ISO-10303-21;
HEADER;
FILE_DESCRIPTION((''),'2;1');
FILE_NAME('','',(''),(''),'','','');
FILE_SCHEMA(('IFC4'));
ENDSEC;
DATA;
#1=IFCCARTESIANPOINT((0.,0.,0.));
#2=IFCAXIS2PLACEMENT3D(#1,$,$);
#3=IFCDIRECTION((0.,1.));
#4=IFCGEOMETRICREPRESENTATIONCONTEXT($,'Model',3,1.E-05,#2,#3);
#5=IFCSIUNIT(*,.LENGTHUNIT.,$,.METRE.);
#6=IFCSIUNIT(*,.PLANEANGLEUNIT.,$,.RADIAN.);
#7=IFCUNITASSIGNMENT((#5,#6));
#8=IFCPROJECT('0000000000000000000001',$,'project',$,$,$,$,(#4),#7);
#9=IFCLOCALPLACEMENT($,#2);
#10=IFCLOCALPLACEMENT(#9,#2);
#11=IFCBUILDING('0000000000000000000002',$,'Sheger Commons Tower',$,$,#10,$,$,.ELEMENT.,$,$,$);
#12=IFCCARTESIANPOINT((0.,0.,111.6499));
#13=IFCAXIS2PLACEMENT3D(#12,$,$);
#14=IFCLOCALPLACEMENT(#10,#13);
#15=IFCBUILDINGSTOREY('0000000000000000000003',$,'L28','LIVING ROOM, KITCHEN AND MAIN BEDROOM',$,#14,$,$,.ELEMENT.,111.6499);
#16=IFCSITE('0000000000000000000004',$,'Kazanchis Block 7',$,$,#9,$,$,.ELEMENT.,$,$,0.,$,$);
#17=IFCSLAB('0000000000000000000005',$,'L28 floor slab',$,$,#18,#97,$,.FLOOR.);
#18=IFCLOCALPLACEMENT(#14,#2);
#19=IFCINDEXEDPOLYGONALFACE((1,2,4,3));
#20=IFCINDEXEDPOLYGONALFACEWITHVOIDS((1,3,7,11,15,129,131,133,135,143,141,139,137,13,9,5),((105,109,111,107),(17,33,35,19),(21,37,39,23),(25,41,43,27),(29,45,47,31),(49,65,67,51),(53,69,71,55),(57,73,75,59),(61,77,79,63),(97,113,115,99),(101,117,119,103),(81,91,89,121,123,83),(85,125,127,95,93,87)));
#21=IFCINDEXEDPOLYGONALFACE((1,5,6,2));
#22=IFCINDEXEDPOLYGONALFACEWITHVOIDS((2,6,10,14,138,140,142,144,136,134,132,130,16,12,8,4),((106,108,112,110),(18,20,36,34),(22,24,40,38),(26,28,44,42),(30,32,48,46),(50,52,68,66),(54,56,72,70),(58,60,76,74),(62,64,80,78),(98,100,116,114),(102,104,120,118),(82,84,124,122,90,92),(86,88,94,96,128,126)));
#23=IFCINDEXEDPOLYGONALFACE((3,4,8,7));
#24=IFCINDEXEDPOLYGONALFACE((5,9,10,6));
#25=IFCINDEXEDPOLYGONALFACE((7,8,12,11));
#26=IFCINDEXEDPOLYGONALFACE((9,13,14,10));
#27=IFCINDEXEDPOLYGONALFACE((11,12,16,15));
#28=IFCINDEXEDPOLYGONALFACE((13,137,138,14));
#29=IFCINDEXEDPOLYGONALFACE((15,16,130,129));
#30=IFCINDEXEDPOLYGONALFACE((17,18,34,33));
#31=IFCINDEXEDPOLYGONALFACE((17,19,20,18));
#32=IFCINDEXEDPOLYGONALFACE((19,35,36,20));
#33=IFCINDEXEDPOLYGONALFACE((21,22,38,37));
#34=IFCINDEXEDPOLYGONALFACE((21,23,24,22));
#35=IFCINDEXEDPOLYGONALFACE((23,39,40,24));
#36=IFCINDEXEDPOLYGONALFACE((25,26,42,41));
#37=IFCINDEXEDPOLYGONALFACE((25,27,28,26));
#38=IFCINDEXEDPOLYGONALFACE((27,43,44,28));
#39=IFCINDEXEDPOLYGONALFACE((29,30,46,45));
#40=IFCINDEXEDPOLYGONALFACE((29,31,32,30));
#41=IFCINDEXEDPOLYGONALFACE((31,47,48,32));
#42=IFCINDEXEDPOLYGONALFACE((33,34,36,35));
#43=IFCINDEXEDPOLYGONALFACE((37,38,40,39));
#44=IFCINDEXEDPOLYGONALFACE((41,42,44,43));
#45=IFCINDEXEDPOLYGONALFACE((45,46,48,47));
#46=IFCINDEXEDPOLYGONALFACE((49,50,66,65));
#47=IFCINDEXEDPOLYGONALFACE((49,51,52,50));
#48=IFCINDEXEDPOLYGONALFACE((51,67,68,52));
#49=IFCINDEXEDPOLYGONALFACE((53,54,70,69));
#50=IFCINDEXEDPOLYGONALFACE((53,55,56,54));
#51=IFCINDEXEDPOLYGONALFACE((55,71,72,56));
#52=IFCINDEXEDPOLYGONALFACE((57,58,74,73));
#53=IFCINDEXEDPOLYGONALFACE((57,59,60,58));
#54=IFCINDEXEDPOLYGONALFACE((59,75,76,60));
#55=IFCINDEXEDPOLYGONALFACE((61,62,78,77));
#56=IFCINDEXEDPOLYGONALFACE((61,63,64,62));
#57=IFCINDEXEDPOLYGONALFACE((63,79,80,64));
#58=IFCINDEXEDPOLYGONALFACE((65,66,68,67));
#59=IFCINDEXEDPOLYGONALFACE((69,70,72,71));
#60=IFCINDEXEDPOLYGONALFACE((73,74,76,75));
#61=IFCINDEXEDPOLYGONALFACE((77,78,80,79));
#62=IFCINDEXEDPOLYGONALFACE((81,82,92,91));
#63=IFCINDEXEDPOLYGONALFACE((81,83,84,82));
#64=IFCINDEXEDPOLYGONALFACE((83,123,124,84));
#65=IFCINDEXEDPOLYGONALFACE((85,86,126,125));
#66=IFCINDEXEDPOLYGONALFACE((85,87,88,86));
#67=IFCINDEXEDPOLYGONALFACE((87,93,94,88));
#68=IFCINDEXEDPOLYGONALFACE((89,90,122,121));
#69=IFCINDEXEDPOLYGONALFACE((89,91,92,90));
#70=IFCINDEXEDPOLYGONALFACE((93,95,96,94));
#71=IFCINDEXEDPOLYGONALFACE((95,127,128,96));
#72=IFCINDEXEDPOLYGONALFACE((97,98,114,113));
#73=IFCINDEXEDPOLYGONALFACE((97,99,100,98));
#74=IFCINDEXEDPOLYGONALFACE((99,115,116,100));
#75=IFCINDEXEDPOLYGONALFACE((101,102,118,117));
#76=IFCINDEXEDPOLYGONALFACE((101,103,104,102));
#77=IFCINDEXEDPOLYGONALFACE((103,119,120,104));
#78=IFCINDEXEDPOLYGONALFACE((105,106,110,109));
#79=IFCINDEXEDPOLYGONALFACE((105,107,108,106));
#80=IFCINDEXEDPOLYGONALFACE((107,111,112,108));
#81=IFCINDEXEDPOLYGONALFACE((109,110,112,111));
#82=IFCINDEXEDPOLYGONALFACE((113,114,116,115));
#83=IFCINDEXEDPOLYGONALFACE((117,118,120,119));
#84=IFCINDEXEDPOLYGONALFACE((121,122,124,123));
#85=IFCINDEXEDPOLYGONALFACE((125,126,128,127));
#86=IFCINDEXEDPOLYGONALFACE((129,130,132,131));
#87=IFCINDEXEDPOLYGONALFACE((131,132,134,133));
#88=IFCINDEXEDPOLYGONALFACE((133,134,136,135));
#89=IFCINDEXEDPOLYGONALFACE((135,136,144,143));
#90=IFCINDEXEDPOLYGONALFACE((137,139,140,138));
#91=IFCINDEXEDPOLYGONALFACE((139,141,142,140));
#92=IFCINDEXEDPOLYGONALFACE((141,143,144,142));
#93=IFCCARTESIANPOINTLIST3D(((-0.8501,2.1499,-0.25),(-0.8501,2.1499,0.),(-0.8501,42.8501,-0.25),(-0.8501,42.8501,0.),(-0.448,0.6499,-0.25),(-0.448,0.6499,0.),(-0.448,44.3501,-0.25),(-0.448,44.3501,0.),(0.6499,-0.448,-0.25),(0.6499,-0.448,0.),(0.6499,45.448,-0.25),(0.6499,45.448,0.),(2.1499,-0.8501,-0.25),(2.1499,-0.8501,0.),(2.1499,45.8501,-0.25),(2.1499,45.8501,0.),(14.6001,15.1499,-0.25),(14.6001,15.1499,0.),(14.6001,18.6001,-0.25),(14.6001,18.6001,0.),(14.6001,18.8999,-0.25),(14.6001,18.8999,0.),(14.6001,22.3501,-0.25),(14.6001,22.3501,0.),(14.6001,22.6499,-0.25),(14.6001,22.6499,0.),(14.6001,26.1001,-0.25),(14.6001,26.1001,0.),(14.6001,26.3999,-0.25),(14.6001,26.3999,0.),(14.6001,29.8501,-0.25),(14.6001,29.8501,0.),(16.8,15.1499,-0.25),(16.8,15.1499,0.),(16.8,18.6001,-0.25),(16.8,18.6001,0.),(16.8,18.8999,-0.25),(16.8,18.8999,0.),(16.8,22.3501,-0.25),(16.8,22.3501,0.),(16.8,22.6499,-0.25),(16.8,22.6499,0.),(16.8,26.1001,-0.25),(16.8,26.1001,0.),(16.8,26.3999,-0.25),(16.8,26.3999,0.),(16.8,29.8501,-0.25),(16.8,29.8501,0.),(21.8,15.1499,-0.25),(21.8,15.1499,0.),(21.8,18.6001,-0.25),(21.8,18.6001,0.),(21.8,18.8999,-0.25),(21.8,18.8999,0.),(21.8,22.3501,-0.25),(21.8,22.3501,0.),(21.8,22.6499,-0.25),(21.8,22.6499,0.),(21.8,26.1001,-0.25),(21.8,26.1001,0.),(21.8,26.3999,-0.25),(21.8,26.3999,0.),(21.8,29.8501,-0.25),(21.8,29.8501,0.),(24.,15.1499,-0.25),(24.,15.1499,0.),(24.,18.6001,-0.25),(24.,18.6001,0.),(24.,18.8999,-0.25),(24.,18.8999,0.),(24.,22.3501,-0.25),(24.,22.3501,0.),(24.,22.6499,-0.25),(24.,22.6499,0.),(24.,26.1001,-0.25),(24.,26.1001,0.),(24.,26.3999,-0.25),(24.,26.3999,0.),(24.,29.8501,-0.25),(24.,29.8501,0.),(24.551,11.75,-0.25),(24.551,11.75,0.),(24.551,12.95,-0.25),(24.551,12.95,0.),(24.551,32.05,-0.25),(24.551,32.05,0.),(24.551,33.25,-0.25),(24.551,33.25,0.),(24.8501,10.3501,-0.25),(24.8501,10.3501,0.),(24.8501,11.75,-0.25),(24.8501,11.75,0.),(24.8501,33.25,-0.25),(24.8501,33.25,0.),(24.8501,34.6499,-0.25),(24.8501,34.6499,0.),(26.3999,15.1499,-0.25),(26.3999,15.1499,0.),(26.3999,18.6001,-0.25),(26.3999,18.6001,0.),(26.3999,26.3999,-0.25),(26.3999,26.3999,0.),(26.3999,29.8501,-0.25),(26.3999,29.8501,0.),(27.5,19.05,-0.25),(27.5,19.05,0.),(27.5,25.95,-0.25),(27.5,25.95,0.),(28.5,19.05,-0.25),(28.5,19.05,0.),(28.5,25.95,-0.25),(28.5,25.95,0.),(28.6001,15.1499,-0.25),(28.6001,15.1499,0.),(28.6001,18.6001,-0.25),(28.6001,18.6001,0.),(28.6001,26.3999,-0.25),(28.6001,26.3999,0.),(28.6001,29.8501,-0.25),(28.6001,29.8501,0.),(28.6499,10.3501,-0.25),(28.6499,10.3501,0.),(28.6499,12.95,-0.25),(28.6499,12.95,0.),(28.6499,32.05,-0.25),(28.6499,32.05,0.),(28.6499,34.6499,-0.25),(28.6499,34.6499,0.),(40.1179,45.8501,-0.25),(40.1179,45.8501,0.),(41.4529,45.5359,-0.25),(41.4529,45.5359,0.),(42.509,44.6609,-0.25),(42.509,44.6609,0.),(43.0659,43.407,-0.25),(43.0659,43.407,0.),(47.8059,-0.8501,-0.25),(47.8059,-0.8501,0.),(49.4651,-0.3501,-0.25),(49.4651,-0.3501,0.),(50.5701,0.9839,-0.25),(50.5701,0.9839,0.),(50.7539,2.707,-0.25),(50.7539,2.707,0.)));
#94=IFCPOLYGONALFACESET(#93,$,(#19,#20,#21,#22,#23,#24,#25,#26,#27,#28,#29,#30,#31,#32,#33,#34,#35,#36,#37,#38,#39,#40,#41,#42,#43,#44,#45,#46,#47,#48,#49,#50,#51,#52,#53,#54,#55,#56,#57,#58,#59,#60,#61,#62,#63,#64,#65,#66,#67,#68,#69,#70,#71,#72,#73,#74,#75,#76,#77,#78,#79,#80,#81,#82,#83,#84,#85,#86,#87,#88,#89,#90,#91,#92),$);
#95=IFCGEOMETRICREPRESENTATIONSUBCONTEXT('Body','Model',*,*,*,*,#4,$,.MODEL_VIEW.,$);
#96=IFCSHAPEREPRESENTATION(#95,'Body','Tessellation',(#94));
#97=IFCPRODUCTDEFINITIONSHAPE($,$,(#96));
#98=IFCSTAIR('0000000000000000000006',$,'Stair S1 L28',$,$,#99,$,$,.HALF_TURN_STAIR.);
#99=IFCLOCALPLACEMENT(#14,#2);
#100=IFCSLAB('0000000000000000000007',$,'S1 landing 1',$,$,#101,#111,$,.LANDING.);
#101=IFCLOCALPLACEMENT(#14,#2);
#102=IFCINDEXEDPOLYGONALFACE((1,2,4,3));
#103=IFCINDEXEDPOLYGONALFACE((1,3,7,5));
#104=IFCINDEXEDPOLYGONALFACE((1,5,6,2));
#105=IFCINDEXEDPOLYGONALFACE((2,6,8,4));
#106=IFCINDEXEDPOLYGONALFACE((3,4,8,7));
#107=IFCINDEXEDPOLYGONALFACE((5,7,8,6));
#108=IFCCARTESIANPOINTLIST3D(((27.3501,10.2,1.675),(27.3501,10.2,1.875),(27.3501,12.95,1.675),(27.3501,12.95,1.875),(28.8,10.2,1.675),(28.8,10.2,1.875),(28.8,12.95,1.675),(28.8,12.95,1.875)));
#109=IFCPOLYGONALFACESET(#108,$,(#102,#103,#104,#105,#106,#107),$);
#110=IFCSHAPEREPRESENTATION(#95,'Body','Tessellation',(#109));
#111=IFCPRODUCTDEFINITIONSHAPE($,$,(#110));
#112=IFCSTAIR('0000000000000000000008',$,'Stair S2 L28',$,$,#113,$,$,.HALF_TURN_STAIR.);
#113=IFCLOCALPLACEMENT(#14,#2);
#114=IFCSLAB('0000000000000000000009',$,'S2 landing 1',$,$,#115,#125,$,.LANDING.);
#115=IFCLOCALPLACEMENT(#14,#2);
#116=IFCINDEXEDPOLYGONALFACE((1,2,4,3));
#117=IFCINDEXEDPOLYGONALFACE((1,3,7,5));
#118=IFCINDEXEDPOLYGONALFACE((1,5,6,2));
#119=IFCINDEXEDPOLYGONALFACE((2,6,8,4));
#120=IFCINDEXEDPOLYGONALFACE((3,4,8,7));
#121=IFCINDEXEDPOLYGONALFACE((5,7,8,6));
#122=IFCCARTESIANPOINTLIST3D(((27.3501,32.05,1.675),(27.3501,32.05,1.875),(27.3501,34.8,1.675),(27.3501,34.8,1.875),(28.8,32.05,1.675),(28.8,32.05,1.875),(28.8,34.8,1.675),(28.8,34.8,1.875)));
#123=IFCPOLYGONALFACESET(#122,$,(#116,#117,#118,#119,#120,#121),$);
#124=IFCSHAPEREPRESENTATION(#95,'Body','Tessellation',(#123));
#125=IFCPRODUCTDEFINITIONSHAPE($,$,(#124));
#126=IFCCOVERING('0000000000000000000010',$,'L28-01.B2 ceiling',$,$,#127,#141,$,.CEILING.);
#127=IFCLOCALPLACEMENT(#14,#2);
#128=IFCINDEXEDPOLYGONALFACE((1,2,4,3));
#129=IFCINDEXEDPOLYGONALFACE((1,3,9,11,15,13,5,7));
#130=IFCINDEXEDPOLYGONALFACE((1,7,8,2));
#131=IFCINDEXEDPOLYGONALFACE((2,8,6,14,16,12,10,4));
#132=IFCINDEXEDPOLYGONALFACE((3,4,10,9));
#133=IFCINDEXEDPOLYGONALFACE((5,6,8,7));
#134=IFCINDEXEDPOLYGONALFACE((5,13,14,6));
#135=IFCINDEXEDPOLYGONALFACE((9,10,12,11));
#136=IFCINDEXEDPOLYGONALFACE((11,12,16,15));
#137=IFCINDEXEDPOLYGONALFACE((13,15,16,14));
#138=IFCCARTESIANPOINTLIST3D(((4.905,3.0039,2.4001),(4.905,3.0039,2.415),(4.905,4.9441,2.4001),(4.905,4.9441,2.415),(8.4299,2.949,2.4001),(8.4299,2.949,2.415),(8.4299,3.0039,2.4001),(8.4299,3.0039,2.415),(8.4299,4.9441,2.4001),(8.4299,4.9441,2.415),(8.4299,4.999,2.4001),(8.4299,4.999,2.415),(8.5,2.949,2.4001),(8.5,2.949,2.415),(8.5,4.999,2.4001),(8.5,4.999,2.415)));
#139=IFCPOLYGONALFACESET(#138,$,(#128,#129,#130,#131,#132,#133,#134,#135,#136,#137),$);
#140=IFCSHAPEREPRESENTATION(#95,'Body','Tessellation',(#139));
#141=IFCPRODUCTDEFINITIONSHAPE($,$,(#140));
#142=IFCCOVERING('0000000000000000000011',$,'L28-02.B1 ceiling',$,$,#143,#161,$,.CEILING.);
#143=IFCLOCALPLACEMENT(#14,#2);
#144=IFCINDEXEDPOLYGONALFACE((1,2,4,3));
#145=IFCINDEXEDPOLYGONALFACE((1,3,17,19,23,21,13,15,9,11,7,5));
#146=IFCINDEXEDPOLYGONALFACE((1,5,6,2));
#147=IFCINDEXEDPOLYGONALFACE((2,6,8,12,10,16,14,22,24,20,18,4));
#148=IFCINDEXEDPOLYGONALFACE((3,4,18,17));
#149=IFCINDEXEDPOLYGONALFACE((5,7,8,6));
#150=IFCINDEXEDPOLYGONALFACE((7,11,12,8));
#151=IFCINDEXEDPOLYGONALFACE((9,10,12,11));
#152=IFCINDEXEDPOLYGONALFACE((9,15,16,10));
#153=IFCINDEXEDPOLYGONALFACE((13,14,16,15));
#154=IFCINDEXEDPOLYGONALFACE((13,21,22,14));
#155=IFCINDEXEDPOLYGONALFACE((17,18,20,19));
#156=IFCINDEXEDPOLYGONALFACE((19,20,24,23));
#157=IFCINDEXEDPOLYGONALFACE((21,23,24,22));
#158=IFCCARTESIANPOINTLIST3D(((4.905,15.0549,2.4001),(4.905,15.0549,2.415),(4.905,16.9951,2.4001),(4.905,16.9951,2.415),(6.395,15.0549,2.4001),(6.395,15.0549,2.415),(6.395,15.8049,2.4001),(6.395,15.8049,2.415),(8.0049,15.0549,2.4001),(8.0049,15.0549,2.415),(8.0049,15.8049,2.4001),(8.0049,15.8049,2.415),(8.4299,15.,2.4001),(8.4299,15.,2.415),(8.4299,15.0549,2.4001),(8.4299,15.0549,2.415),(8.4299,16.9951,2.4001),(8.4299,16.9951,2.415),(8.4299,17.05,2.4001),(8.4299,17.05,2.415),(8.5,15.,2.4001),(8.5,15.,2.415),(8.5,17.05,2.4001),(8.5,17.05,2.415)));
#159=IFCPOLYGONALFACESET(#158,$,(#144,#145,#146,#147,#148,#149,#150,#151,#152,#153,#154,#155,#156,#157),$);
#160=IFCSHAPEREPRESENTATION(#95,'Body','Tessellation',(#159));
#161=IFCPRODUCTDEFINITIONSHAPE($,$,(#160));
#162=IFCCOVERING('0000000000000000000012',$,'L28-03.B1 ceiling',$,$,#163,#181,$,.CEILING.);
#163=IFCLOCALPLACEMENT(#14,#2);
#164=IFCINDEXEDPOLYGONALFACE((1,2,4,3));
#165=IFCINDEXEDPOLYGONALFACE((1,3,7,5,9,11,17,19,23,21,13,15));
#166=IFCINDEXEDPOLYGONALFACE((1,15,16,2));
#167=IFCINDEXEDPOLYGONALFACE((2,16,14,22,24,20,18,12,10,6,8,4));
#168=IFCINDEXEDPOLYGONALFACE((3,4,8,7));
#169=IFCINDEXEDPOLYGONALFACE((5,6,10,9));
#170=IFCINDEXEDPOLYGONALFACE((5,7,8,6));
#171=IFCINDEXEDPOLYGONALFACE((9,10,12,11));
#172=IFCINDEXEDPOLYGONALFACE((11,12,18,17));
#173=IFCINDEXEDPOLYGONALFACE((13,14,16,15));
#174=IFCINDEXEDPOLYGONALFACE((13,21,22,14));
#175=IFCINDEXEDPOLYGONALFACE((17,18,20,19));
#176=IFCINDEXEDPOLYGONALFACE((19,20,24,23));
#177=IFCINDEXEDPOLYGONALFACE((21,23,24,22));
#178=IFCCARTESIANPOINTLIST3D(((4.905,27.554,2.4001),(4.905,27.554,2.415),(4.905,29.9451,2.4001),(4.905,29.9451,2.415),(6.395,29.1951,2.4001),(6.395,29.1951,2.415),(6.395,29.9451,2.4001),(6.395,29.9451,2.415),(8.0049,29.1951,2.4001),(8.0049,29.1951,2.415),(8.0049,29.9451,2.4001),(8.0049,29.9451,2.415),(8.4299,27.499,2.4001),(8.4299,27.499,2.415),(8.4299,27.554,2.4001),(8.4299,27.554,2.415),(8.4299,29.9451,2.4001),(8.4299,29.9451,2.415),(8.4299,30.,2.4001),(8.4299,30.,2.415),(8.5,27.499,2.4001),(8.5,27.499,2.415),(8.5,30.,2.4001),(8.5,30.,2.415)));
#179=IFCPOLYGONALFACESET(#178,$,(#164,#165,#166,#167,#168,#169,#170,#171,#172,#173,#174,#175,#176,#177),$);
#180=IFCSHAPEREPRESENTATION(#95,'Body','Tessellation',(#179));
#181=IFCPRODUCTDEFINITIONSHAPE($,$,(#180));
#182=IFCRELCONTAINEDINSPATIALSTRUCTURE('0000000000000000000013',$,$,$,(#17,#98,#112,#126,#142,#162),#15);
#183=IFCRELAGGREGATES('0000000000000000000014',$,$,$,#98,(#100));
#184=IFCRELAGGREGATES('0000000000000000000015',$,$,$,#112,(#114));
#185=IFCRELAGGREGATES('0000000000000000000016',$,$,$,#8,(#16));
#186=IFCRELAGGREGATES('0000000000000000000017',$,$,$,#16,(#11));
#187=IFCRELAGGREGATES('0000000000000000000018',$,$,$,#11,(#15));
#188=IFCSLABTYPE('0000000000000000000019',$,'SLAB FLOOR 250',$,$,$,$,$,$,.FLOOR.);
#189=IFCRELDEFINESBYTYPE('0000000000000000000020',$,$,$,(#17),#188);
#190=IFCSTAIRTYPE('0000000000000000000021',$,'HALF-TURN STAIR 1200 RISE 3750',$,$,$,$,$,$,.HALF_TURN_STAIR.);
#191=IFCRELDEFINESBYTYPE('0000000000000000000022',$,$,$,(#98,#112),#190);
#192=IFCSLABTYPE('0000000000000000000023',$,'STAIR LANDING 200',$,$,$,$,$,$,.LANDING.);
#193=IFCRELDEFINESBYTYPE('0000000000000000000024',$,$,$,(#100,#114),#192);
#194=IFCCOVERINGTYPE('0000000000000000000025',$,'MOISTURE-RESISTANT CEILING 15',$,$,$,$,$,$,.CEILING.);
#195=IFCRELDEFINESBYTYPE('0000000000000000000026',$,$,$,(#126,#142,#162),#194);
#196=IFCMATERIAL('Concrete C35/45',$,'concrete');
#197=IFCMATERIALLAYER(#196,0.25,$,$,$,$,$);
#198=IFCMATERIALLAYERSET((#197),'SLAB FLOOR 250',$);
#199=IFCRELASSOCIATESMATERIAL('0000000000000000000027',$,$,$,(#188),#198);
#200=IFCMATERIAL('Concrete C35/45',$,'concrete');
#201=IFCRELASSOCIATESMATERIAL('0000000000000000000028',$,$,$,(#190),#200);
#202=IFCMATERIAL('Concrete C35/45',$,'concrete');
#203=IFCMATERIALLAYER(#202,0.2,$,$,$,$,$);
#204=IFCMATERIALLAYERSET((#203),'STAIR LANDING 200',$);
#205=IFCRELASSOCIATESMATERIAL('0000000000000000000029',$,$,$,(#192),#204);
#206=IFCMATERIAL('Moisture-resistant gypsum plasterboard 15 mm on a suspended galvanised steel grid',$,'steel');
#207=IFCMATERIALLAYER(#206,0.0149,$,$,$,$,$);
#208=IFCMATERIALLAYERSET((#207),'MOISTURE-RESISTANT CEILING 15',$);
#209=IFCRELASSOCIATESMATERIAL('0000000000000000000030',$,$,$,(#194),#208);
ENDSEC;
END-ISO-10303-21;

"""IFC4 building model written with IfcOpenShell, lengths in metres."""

from ifc_helpers import new_model, si_unit, direction, frame, origin, place, context, subcontext, project, spatial, polyline, outline, extrude, material, layer, layer_set, type_object, element, aggregate, save


model = new_model("IFC4")

# Units and contexts
model_context = context("Model", 3, precision=1e-05, world=origin(), true_north=direction((0.0, 1.0)))
body_context = subcontext(model_context, "Body", "Model", "MODEL_VIEW")
ifc_project = project(units=[si_unit("LENGTHUNIT", "METRE"), si_unit("PLANEANGLEUNIT", "RADIAN")], contexts=[model_context])

# Site, building, storey
site_placement = place(None, origin())
site = spatial("IfcSite", under=ifc_project, at=site_placement, Name="Kazanchis Block 7", CompositionType="ELEMENT", RefElevation=0.0)
building_placement = place(site_placement, origin())
building = spatial("IfcBuilding", under=site, at=building_placement, Name="Sheger Commons Tower", CompositionType="ELEMENT")
storey_placement = place(building_placement, frame((0.0, 0.0, 111.6499)))
storey = spatial("IfcBuildingStorey", under=building, at=storey_placement, Name="L28", Description="LIVING ROOM, KITCHEN AND MAIN BEDROOM", CompositionType="ELEMENT", Elevation=111.6499)

# Slab
ifc_material_1 = material(Name="Concrete C35/45", Category="concrete")
ifc_layer_1 = layer(ifc_material_1, 0.25)
ifc_layer_set_1 = layer_set([ifc_layer_1], Name="SLAB FLOOR 250")
slab_type_1 = type_object("IfcSlabType", Name="SLAB FLOOR 250", PredefinedType="FLOOR", material=ifc_layer_set_1)
slab_1_placement = place(storey_placement, frame((0.0, 0.0, -0.25)))
element("IfcSlab", 1, at=slab_1_placement, inside=storey, type_object=slab_type_1, Name="L28 floor slab", PredefinedType="FLOOR", context=body_context, shape_type="SweptSolid", body=[
    extrude(outline(polyline([(-0.8501, 2.1499), (-0.448, 0.6499), (0.6499, -0.448), (2.1499, -0.8501), (47.8059, -0.8501), (49.4651, -0.3501), (50.5701, 0.9839), (50.7539, 2.707), (43.0659, 43.407), (42.509, 44.6609), (41.4529, 45.5359), (40.1179, 45.8501), (2.1499, 45.8501), (0.6499, 45.448), (-0.448, 44.3501), (-0.8501, 42.8501), (-0.8501, 2.1499)]), holes=[polyline([(24.8501, 10.3501), (28.6499, 10.3501), (28.6499, 12.95), (24.551, 12.95), (24.551, 11.75), (24.8501, 11.75), (24.8501, 10.3501)]), polyline([(24.551, 32.05), (28.6499, 32.05), (28.6499, 34.6499), (24.8501, 34.6499), (24.8501, 33.25), (24.551, 33.25), (24.551, 32.05)]), polyline([(26.3999, 15.1499), (28.6001, 15.1499), (28.6001, 18.6001), (26.3999, 18.6001), (26.3999, 15.1499)]), polyline([(26.3999, 26.3999), (28.6001, 26.3999), (28.6001, 29.8501), (26.3999, 29.8501), (26.3999, 26.3999)]), polyline([(14.6001, 15.1499), (16.8, 15.1499), (16.8, 18.6001), (14.6001, 18.6001), (14.6001, 15.1499)]), polyline([(14.6001, 18.8999), (16.8, 18.8999), (16.8, 22.3501), (14.6001, 22.3501), (14.6001, 18.8999)]), polyline([(14.6001, 22.6499), (16.8, 22.6499), (16.8, 26.1001), (14.6001, 26.1001), (14.6001, 22.6499)]), polyline([(14.6001, 26.3999), (16.8, 26.3999), (16.8, 29.8501), (14.6001, 29.8501), (14.6001, 26.3999)]), polyline([(21.8, 15.1499), (24.0, 15.1499), (24.0, 18.6001), (21.8, 18.6001), (21.8, 15.1499)]), polyline([(21.8, 18.8999), (24.0, 18.8999), (24.0, 22.3501), (21.8, 22.3501), (21.8, 18.8999)]), polyline([(21.8, 22.6499), (24.0, 22.6499), (24.0, 26.1001), (21.8, 26.1001), (21.8, 22.6499)]), polyline([(21.8, 26.3999), (24.0, 26.3999), (24.0, 29.8501), (21.8, 29.8501), (21.8, 26.3999)]), polyline([(27.5, 19.05), (28.5, 19.05), (28.5, 25.95), (27.5, 25.95), (27.5, 19.05)])]), origin(), (0.0, 0.0, 1.0), 0.25),
])

# Stairs, slabs
ifc_material_2 = material(Name="Concrete C35/45", Category="concrete")
stair_type = type_object("IfcStairType", Name="HALF-TURN STAIR 1200 RISE 3750", PredefinedType="HALF_TURN_STAIR", material=ifc_material_2)
stair_1_placement = place(storey_placement, origin())
stair_1 = element("IfcStair", 2, at=stair_1_placement, inside=storey, type_object=stair_type, Name="Stair S1 L28", PredefinedType="HALF_TURN_STAIR")
ifc_material_3 = material(Name="Concrete C35/45", Category="concrete")
ifc_layer_2 = layer(ifc_material_3, 0.2)
ifc_layer_set_2 = layer_set([ifc_layer_2], Name="STAIR LANDING 200")
slab_type_2 = type_object("IfcSlabType", Name="STAIR LANDING 200", PredefinedType="LANDING", material=ifc_layer_set_2)
slab_2_placement = place(storey_placement, frame((0.0, 0.0, 1.675)))
slab_2 = element("IfcSlab", 3, at=slab_2_placement, type_object=slab_type_2, Name="S1 landing 1", PredefinedType="LANDING", context=body_context, shape_type="SweptSolid", body=[
    extrude(outline(polyline([(27.3501, 10.2), (28.8, 10.2), (28.8, 12.95), (27.3501, 12.95), (27.3501, 10.2)])), origin(), (0.0, 0.0, 1.0), 0.2),
])
aggregate(stair_1, [slab_2])
stair_2_placement = place(storey_placement, origin())
stair_2 = element("IfcStair", 4, at=stair_2_placement, inside=storey, type_object=stair_type, Name="Stair S2 L28", PredefinedType="HALF_TURN_STAIR")
slab_3_placement = place(storey_placement, frame((0.0, 0.0, 1.675)))
slab_3 = element("IfcSlab", 5, at=slab_3_placement, type_object=slab_type_2, Name="S2 landing 1", PredefinedType="LANDING", context=body_context, shape_type="SweptSolid", body=[
    extrude(outline(polyline([(27.3501, 32.05), (28.8, 32.05), (28.8, 34.8), (27.3501, 34.8), (27.3501, 32.05)])), origin(), (0.0, 0.0, 1.0), 0.2),
])
aggregate(stair_2, [slab_3])

# Coverings
ifc_material_4 = material(Name="Moisture-resistant gypsum plasterboard 15 mm on a suspended galvanised steel grid", Category="steel")
ifc_layer_3 = layer(ifc_material_4, 0.0149)
ifc_layer_set_3 = layer_set([ifc_layer_3], Name="MOISTURE-RESISTANT CEILING 15")
covering_type_1 = type_object("IfcCoveringType", Name="MOISTURE-RESISTANT CEILING 15", PredefinedType="CEILING", material=ifc_layer_set_3)
covering_1_placement = place(storey_placement, frame((0.0, 0.0, 2.4001)))
element("IfcCovering", 6, at=covering_1_placement, inside=storey, type_object=covering_type_1, Name="L28-01.B2 ceiling", PredefinedType="CEILING", context=body_context, shape_type="SweptSolid", body=[
    extrude(outline(polyline([(8.4299, 2.949), (8.5, 2.949), (8.5, 4.999), (8.4299, 4.999), (8.4299, 4.9441), (4.905, 4.9441), (4.905, 3.0039), (8.4299, 3.0039), (8.4299, 2.949)])), origin(), (0.0, 0.0, 1.0), 0.0149),
])
covering_2_placement = place(storey_placement, frame((0.0, 0.0, 2.4001)))
element("IfcCovering", 7, at=covering_2_placement, inside=storey, type_object=covering_type_1, Name="L28-02.B1 ceiling", PredefinedType="CEILING", context=body_context, shape_type="SweptSolid", body=[
    extrude(outline(polyline([(8.4299, 15.0), (8.5, 15.0), (8.5, 17.05), (8.4299, 17.05), (8.4299, 16.9951), (4.905, 16.9951), (4.905, 15.0549), (6.395, 15.0549), (6.395, 15.8049), (8.0049, 15.8049), (8.0049, 15.0549), (8.4299, 15.0549), (8.4299, 15.0)])), origin(), (0.0, 0.0, 1.0), 0.0149),
])
covering_3_placement = place(storey_placement, frame((0.0, 0.0, 2.4001)))
element("IfcCovering", 8, at=covering_3_placement, inside=storey, type_object=covering_type_1, Name="L28-03.B1 ceiling", PredefinedType="CEILING", context=body_context, shape_type="SweptSolid", body=[
    extrude(outline(polyline([(8.4299, 27.499), (8.5, 27.499), (8.5, 30.0), (8.4299, 30.0), (8.4299, 29.9451), (8.0049, 29.9451), (8.0049, 29.1951), (6.395, 29.1951), (6.395, 29.9451), (4.905, 29.9451), (4.905, 27.554), (8.4299, 27.554), (8.4299, 27.499)])), origin(), (0.0, 0.0, 1.0), 0.0149),
])

save(model, "model.ifc")
